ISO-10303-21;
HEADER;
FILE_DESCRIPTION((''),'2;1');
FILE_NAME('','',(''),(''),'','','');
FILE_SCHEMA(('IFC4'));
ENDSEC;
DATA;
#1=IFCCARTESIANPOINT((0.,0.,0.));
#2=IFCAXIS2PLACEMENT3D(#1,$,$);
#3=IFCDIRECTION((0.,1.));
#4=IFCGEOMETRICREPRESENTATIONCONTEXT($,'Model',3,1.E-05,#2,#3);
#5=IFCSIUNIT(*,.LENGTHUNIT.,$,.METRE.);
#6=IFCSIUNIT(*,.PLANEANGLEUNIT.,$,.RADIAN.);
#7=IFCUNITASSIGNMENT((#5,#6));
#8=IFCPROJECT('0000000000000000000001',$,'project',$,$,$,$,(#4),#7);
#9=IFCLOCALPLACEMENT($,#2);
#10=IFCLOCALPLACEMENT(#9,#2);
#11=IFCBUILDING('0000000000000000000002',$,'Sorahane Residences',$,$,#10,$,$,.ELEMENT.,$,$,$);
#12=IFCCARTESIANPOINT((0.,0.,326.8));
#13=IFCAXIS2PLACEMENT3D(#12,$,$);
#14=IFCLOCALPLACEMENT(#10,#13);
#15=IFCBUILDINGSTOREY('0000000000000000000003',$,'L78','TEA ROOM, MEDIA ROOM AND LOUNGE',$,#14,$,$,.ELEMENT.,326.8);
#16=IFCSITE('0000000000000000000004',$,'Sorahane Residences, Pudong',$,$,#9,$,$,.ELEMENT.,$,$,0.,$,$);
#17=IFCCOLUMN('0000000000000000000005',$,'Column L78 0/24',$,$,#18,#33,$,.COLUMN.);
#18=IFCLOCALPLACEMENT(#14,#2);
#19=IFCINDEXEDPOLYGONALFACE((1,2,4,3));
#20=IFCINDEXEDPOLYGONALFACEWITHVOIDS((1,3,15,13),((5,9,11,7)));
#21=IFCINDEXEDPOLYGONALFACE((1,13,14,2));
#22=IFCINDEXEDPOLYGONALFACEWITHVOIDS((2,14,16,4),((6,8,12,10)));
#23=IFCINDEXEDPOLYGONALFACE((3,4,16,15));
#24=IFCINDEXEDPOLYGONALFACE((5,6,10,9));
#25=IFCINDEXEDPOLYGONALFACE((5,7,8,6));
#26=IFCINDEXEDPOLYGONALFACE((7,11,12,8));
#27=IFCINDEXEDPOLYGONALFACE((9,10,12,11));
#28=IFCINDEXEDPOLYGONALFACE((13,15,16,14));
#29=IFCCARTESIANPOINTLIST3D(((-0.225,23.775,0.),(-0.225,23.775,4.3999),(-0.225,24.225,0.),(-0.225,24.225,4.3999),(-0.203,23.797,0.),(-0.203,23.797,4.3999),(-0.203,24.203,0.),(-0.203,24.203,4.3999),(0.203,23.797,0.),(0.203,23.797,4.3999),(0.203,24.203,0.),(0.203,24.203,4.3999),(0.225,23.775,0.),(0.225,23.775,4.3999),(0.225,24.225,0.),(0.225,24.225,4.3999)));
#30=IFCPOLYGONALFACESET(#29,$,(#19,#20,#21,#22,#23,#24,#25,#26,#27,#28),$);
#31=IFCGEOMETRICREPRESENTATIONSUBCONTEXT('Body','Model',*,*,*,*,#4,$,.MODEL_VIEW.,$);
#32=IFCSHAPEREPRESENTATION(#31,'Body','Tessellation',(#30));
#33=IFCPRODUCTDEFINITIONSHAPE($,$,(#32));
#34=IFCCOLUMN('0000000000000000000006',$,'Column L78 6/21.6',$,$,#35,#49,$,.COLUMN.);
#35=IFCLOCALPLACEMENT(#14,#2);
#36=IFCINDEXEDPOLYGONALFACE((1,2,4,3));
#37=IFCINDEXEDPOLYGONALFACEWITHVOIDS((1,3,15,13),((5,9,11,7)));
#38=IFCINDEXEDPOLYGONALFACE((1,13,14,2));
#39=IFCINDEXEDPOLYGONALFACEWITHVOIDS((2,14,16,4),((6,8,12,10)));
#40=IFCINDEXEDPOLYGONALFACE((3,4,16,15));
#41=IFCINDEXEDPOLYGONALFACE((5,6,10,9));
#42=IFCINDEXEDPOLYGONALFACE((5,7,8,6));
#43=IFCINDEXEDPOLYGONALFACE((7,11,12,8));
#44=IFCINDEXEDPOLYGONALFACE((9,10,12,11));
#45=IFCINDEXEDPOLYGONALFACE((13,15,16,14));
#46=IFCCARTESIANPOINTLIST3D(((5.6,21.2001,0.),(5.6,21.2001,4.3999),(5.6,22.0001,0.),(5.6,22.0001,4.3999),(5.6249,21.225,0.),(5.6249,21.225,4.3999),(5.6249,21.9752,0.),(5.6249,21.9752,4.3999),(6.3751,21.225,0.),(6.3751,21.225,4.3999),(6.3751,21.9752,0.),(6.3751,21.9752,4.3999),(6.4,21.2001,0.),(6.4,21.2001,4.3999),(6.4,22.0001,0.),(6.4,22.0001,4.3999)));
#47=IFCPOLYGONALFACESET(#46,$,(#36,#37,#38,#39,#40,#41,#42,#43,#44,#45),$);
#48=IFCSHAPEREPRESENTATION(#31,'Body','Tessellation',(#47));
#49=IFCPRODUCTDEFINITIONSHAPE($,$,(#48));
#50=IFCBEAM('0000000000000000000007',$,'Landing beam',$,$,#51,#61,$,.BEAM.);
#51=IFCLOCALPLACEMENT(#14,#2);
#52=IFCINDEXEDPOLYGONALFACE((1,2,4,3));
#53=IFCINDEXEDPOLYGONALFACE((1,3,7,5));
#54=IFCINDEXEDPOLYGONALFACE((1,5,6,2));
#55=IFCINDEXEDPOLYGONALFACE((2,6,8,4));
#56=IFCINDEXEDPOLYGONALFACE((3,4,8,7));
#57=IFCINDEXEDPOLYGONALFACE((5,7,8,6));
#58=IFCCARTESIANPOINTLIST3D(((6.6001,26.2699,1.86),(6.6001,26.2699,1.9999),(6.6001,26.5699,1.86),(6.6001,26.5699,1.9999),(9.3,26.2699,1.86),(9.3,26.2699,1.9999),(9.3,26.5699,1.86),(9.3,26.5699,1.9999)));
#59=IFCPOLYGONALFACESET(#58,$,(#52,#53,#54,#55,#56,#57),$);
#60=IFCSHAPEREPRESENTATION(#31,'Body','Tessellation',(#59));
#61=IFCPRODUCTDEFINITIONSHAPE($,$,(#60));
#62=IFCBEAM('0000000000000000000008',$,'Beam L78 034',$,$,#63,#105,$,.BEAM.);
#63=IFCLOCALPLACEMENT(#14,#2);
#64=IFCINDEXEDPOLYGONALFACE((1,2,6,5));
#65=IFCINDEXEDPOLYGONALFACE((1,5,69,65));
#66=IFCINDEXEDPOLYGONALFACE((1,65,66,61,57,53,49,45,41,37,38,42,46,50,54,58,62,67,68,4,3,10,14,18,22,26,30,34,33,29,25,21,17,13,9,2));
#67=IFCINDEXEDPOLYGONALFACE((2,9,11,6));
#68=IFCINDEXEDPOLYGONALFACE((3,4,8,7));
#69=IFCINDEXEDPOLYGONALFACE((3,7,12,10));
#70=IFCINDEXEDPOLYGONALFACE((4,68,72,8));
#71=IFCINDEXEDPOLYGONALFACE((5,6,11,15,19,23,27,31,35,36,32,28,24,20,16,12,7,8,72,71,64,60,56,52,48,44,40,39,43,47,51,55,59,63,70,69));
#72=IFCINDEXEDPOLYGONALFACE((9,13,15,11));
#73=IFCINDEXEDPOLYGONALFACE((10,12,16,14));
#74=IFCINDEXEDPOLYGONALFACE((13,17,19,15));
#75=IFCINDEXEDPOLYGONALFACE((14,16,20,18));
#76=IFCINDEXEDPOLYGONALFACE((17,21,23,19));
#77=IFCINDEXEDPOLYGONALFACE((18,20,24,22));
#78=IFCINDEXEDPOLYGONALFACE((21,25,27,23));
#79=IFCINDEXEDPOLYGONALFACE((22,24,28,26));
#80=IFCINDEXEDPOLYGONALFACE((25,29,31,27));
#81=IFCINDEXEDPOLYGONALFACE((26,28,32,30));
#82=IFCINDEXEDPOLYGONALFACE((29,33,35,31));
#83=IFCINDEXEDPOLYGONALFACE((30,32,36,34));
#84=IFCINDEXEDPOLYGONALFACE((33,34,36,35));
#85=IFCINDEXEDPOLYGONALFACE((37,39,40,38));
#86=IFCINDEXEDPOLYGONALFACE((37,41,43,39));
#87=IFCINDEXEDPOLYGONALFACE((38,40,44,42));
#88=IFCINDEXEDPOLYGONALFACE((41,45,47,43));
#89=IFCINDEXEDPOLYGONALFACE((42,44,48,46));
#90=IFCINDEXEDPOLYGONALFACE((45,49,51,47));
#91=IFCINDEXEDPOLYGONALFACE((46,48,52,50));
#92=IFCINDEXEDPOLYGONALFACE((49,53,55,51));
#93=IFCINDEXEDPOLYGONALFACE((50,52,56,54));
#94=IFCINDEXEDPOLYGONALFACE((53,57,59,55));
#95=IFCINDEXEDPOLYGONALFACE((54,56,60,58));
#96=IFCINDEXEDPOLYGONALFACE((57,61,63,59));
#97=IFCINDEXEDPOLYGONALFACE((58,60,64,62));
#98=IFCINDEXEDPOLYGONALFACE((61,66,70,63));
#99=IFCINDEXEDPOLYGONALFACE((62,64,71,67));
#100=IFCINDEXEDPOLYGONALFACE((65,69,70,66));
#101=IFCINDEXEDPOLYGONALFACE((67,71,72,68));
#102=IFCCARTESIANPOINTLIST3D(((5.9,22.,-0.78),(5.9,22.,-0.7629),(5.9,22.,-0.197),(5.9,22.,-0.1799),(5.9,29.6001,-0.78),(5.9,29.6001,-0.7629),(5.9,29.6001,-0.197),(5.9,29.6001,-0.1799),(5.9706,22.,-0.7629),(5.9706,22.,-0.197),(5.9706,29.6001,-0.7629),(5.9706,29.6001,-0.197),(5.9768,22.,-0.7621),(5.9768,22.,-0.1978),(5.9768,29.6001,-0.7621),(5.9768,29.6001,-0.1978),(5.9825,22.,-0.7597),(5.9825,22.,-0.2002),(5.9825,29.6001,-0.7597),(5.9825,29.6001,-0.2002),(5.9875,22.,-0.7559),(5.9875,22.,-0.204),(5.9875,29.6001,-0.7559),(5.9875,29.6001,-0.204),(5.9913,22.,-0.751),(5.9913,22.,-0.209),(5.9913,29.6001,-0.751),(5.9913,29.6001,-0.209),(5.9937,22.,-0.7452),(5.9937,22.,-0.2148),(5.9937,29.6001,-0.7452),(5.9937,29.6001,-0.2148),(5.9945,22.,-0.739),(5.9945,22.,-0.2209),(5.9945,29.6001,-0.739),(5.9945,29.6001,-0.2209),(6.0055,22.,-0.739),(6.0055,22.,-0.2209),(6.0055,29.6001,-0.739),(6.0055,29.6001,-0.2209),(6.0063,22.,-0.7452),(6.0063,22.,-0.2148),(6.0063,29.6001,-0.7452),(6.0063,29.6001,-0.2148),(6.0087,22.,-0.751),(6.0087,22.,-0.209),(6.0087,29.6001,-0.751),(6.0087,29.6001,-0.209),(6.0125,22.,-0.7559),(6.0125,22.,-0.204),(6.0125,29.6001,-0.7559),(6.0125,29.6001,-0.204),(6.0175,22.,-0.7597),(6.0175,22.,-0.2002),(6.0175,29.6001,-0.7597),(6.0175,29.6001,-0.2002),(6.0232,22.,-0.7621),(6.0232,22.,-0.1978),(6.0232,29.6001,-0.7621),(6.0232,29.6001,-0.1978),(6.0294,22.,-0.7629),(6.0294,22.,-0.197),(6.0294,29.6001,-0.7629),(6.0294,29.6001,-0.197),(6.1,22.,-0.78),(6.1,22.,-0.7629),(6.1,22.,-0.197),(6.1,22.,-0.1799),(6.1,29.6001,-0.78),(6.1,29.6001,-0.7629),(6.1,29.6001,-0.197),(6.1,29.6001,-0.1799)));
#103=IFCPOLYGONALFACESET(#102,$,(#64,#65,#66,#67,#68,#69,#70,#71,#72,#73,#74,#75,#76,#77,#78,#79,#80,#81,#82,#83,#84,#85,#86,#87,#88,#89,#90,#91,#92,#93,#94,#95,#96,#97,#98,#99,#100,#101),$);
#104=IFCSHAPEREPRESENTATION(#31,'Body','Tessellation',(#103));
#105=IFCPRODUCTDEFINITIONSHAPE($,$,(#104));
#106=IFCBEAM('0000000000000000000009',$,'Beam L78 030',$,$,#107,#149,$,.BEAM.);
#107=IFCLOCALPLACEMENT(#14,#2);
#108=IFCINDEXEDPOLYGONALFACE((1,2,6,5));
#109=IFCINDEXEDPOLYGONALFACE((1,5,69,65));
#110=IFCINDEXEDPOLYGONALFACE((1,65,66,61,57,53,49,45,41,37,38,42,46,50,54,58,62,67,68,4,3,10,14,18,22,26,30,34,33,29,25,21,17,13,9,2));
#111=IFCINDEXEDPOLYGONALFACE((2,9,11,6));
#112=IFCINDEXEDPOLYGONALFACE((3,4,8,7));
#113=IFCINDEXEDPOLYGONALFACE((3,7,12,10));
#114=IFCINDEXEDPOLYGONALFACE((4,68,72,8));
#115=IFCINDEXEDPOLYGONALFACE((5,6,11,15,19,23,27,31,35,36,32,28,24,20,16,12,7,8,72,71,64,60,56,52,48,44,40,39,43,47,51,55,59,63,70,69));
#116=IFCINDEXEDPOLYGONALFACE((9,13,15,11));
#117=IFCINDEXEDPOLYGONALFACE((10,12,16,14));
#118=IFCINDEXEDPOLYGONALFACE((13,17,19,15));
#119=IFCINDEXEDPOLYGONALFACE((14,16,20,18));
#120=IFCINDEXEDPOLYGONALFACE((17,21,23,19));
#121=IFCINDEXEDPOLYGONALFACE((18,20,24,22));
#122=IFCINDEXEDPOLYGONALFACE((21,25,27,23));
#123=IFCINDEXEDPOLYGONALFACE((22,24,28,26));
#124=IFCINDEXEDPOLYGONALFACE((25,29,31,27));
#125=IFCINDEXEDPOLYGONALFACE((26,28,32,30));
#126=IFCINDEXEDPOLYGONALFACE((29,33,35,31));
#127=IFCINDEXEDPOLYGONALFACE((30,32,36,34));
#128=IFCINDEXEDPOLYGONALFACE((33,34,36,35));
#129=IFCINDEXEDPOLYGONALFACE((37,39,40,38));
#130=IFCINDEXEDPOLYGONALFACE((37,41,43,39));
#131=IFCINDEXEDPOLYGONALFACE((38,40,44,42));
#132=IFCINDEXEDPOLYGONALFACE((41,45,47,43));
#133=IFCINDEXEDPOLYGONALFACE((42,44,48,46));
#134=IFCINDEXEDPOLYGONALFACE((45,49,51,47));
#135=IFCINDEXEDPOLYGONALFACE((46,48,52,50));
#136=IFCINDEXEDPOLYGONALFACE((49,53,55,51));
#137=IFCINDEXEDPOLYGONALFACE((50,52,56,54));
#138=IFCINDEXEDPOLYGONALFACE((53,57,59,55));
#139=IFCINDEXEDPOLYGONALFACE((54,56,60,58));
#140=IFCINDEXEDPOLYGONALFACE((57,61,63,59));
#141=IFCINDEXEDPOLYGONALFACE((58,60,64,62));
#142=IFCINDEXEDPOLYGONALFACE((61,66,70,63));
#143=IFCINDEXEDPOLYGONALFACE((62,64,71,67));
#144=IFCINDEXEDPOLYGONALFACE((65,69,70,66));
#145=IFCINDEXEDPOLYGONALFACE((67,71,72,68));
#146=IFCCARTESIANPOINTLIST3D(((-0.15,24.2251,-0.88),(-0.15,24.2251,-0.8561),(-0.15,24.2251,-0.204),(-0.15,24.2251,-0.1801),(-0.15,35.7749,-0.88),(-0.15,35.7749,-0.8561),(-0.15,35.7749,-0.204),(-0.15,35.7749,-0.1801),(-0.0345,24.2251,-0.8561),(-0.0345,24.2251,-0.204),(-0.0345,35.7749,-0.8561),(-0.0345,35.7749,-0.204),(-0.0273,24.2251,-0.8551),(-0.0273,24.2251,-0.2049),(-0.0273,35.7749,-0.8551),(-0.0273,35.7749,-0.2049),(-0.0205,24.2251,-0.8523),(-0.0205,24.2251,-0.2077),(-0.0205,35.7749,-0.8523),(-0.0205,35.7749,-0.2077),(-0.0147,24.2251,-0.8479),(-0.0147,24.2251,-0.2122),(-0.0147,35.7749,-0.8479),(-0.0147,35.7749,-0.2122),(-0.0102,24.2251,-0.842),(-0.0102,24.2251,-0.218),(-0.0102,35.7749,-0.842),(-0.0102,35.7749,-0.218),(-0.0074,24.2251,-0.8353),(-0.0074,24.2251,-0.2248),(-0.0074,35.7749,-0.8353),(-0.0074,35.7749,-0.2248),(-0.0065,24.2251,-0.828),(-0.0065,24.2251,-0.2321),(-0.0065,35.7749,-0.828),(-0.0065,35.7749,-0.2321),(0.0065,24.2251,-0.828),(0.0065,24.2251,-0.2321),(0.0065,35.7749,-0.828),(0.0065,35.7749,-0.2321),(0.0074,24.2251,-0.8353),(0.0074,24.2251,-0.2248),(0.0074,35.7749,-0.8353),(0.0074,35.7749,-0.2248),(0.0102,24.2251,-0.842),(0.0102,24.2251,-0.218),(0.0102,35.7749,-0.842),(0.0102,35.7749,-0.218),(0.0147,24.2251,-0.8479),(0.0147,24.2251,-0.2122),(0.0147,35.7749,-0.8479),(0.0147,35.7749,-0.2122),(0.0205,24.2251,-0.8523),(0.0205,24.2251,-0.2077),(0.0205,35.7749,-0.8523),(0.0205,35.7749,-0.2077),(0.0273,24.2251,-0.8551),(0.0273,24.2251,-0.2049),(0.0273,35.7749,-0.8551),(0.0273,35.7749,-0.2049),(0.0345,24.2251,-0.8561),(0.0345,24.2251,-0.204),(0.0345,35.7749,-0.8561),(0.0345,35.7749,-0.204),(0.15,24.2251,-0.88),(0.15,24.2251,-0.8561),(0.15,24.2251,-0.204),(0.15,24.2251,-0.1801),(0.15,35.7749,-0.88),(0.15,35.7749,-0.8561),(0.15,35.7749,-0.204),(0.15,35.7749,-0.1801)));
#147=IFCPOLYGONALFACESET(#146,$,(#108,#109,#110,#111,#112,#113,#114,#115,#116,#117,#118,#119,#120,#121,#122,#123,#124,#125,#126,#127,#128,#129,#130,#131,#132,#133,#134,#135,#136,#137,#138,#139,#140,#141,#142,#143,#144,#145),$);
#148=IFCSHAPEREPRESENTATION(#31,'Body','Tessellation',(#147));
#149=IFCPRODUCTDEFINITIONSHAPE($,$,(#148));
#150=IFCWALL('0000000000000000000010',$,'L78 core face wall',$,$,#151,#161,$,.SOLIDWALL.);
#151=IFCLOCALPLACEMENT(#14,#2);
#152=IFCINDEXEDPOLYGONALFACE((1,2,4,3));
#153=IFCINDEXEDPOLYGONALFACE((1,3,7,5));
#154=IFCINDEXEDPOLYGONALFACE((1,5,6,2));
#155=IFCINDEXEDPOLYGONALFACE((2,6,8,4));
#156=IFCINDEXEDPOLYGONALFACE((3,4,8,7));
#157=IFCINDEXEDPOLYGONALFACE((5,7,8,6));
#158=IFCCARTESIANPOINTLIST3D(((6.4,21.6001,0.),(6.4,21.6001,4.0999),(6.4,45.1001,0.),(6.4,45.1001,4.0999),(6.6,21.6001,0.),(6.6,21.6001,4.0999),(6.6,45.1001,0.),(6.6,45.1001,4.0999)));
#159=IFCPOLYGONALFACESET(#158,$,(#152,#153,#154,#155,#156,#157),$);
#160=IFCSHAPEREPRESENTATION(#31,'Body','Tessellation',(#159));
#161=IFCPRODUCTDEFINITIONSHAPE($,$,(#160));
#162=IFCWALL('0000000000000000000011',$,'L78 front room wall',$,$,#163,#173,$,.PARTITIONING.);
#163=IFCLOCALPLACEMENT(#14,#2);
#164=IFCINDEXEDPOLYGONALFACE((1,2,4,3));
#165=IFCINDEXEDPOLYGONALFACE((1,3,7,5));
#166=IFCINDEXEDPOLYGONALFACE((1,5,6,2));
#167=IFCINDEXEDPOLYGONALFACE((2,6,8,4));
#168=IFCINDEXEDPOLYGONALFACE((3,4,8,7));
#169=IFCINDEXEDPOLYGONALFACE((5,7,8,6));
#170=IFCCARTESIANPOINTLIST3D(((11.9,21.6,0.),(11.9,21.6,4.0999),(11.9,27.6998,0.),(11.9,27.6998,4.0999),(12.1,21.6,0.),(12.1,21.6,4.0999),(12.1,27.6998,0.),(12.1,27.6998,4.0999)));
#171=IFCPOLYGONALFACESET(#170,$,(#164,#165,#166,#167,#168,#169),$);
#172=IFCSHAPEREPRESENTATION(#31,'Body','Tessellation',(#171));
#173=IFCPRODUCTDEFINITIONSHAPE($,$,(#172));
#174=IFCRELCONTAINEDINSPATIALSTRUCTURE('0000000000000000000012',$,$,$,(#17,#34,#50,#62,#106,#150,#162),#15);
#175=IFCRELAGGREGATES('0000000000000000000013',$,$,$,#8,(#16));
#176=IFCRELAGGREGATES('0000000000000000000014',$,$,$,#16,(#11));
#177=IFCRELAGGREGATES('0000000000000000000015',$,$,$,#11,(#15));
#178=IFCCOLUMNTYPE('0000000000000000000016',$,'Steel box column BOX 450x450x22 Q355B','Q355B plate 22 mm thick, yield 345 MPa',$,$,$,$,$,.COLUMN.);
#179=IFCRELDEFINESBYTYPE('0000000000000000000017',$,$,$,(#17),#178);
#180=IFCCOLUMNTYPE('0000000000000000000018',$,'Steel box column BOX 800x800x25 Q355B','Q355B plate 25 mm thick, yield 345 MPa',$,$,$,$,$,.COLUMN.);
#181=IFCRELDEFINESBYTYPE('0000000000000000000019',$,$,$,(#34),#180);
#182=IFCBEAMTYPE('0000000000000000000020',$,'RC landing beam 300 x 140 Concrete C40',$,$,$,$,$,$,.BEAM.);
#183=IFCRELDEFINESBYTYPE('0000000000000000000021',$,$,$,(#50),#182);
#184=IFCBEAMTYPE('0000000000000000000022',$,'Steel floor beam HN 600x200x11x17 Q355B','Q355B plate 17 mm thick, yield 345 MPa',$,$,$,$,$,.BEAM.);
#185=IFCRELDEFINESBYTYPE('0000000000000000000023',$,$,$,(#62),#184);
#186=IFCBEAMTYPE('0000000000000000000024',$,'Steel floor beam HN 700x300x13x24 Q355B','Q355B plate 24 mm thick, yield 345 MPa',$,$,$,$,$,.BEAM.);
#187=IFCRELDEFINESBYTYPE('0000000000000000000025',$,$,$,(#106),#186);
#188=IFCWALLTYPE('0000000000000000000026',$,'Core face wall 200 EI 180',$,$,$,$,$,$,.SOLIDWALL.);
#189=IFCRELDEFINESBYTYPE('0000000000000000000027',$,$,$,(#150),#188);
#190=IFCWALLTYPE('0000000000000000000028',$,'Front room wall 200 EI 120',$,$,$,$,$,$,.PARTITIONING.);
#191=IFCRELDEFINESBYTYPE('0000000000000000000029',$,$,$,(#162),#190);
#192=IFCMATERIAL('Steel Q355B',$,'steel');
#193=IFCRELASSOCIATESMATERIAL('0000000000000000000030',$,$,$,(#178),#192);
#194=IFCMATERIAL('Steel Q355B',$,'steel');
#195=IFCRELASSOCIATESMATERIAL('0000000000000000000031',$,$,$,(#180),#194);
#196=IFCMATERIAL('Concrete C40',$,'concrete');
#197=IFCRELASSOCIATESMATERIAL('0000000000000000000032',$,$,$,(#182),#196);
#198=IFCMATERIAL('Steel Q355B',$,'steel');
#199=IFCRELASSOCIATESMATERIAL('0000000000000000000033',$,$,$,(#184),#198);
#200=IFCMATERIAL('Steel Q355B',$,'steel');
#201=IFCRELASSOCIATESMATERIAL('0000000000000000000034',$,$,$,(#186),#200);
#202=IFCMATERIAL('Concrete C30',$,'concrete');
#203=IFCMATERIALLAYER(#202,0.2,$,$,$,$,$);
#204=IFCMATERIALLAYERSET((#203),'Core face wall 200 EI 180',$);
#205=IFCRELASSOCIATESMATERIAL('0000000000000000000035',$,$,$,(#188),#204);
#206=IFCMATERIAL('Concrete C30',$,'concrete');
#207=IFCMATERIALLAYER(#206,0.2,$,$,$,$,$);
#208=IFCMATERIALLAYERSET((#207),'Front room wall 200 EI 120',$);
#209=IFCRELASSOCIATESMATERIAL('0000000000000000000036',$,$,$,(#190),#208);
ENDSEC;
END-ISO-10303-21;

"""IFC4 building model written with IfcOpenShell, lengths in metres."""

from ifc_helpers import new_model, si_unit, direction, frame, frame_2d, origin, origin_2d, place, context, subcontext, project, spatial, rectangle, hollow_rectangle, i_section, extrude, material, layer, layer_set, material_profile, profile_set, type_object, element, save


model = new_model("IFC4")

# Units and contexts
model_context = context("Model", 3, precision=1e-05, world=origin(), true_north=direction((0.0, 1.0)))
body_context = subcontext(model_context, "Body", "Model", "MODEL_VIEW")
ifc_project = project(units=[si_unit("LENGTHUNIT", "METRE"), si_unit("PLANEANGLEUNIT", "RADIAN")], contexts=[model_context])

# Site, building, storey
site_placement = place(None, origin())
site = spatial("IfcSite", under=ifc_project, at=site_placement, Name="Sorahane Residences, Pudong", CompositionType="ELEMENT", RefElevation=0.0)
building_placement = place(site_placement, origin())
building = spatial("IfcBuilding", under=site, at=building_placement, Name="Sorahane Residences", CompositionType="ELEMENT")
storey_placement = place(building_placement, frame((0.0, 0.0, 326.8)))
storey = spatial("IfcBuildingStorey", under=building, at=storey_placement, Name="L78", Description="TEA ROOM, MEDIA ROOM AND LOUNGE", CompositionType="ELEMENT", Elevation=326.8)

# Columns
ifc_material_1 = material(Name="Steel Q355B", Category="steel")
ifc_material_profile_1 = material_profile(ifc_material_1, hollow_rectangle(XDim=0.45, YDim=0.45, WallThickness=0.022, at=origin_2d()), Name="BOX 450x450x22")
ifc_profile_set_1 = profile_set([ifc_material_profile_1], Name="Steel Q355B")
column_type_1 = type_object("IfcColumnType", Name="Steel box column BOX 450x450x22 Q355B", Description="Q355B plate 22 mm thick, yield 345 MPa", PredefinedType="COLUMN", material=ifc_profile_set_1)
column_1_placement = place(storey_placement, frame((0.0, 24.0, 0.0), z_axis=(0.0, 0.0, 1.0), x_axis=(1.0, 0.0, 0.0)))
element("IfcColumn", 1, at=column_1_placement, inside=storey, type_object=column_type_1, Name="Column L78 0/24", PredefinedType="COLUMN", context=body_context, shape_type="SweptSolid", body=[
    extrude(hollow_rectangle(XDim=0.45, YDim=0.45, WallThickness=0.022, at=origin_2d()), origin(), (0.0, 0.0, 1.0), 4.3999),
])
ifc_material_2 = material(Name="Steel Q355B", Category="steel")
ifc_material_profile_2 = material_profile(ifc_material_2, hollow_rectangle(XDim=0.8, YDim=0.8, WallThickness=0.0249, at=origin_2d()), Name="BOX 800x800x25")
ifc_profile_set_2 = profile_set([ifc_material_profile_2], Name="Steel Q355B")
column_type_2 = type_object("IfcColumnType", Name="Steel box column BOX 800x800x25 Q355B", Description="Q355B plate 25 mm thick, yield 345 MPa", PredefinedType="COLUMN", material=ifc_profile_set_2)
column_2_placement = place(storey_placement, frame((6.0, 21.6001, 0.0), z_axis=(0.0, 0.0, 1.0), x_axis=(1.0, 0.0, 0.0)))
element("IfcColumn", 2, at=column_2_placement, inside=storey, type_object=column_type_2, Name="Column L78 6/21.6", PredefinedType="COLUMN", context=body_context, shape_type="SweptSolid", body=[
    extrude(hollow_rectangle(XDim=0.8, YDim=0.8, WallThickness=0.0249, at=origin_2d()), origin(), (0.0, 0.0, 1.0), 4.3999),
])

# Beams
ifc_material_3 = material(Name="Concrete C40", Category="concrete")
ifc_material_profile_3 = material_profile(ifc_material_3, rectangle(XDim=0.3, YDim=0.1399, at=origin_2d()), Name="300x140")
ifc_profile_set_3 = profile_set([ifc_material_profile_3], Name="Concrete C40")
beam_type_1 = type_object("IfcBeamType", Name="RC landing beam 300 x 140 Concrete C40", PredefinedType="BEAM", material=ifc_profile_set_3)
beam_1_placement = place(storey_placement, frame((6.6001, 26.4199, 1.9299), z_axis=(1.0, 0.0, 0.0), x_axis=(0.0, 1.0, 0.0)))
element("IfcBeam", 3, at=beam_1_placement, inside=storey, type_object=beam_type_1, Name="Landing beam", PredefinedType="BEAM", context=body_context, shape_type="SweptSolid", body=[
    extrude(rectangle(XDim=0.3, YDim=0.1399, at=origin_2d()), origin(), (0.0, 0.0, 1.0), 2.7),
])
ifc_material_4 = material(Name="Steel Q355B", Category="steel")
ifc_material_profile_4 = material_profile(ifc_material_4, i_section(OverallWidth=0.2, OverallDepth=0.6001, WebThickness=0.011, FlangeThickness=0.0171, FilletRadius=0.0239, at=origin_2d()), Name="HN 600x200x11x17")
ifc_profile_set_4 = profile_set([ifc_material_profile_4], Name="Steel Q355B")
beam_type_2 = type_object("IfcBeamType", Name="Steel floor beam HN 600x200x11x17 Q355B", Description="Q355B plate 17 mm thick, yield 345 MPa", PredefinedType="BEAM", material=ifc_profile_set_4)
beam_2_placement = place(storey_placement, frame((6.0, 22.0, -0.48), z_axis=(0.0, 1.0, 0.0), x_axis=(-1.0, 0.0, 0.0)))
element("IfcBeam", 4, at=beam_2_placement, inside=storey, type_object=beam_type_2, Name="Beam L78 034", PredefinedType="BEAM", context=body_context, shape_type="SweptSolid", body=[
    extrude(i_section(OverallWidth=0.2, OverallDepth=0.6001, WebThickness=0.011, FlangeThickness=0.0171, FilletRadius=0.0239, at=origin_2d()), origin(), (0.0, 0.0, 1.0), 7.6001),
])
ifc_material_5 = material(Name="Steel Q355B", Category="steel")
ifc_material_profile_5 = material_profile(ifc_material_5, i_section(OverallWidth=0.3, OverallDepth=0.7, WebThickness=0.0129, FlangeThickness=0.0239, FilletRadius=0.0281, at=origin_2d()), Name="HN 700x300x13x24")
ifc_profile_set_5 = profile_set([ifc_material_profile_5], Name="Steel Q355B")
beam_type_3 = type_object("IfcBeamType", Name="Steel floor beam HN 700x300x13x24 Q355B", Description="Q355B plate 24 mm thick, yield 345 MPa", PredefinedType="BEAM", material=ifc_profile_set_5)
beam_3_placement = place(storey_placement, frame((0.0, 24.2251, -0.53), z_axis=(0.0, 1.0, 0.0), x_axis=(-1.0, 0.0, 0.0)))
element("IfcBeam", 5, at=beam_3_placement, inside=storey, type_object=beam_type_3, Name="Beam L78 030", PredefinedType="BEAM", context=body_context, shape_type="SweptSolid", body=[
    extrude(i_section(OverallWidth=0.3, OverallDepth=0.7, WebThickness=0.0129, FlangeThickness=0.0239, FilletRadius=0.0281, at=origin_2d()), origin(), (0.0, 0.0, 1.0), 11.5498),
])

# Walls
ifc_material_6 = material(Name="Concrete C30", Category="concrete")
ifc_layer_1 = layer(ifc_material_6, 0.2)
ifc_layer_set_1 = layer_set([ifc_layer_1], Name="Core face wall 200 EI 180")
wall_type_1 = type_object("IfcWallType", Name="Core face wall 200 EI 180", PredefinedType="SOLIDWALL", material=ifc_layer_set_1)
wall_1_placement = place(storey_placement, frame((6.5, 21.6001, 0.0), z_axis=(0.0, 0.0, 1.0), x_axis=(0.0, 1.0, 0.0)))
element("IfcWall", 6, at=wall_1_placement, inside=storey, type_object=wall_type_1, Name="L78 core face wall", PredefinedType="SOLIDWALL", context=body_context, shape_type="SweptSolid", body=[
    extrude(rectangle(XDim=23.5, YDim=0.2, at=frame_2d((11.75, 0.0))), origin(), (0.0, 0.0, 1.0), 4.0999),
])
ifc_material_7 = material(Name="Concrete C30", Category="concrete")
ifc_layer_2 = layer(ifc_material_7, 0.2)
ifc_layer_set_2 = layer_set([ifc_layer_2], Name="Front room wall 200 EI 120")
wall_type_2 = type_object("IfcWallType", Name="Front room wall 200 EI 120", PredefinedType="PARTITIONING", material=ifc_layer_set_2)
wall_2_placement = place(storey_placement, frame((12.0, 21.6001, 0.0), z_axis=(0.0, 0.0, 1.0), x_axis=(0.0, 1.0, 0.0)))
element("IfcWall", 7, at=wall_2_placement, inside=storey, type_object=wall_type_2, Name="L78 front room wall", PredefinedType="PARTITIONING", context=body_context, shape_type="SweptSolid", body=[
    extrude(rectangle(XDim=6.0999, YDim=0.2, at=frame_2d((3.0498, 0.0))), origin(), (0.0, 0.0, 1.0), 4.0999),
])

save(model, "model.ifc")
